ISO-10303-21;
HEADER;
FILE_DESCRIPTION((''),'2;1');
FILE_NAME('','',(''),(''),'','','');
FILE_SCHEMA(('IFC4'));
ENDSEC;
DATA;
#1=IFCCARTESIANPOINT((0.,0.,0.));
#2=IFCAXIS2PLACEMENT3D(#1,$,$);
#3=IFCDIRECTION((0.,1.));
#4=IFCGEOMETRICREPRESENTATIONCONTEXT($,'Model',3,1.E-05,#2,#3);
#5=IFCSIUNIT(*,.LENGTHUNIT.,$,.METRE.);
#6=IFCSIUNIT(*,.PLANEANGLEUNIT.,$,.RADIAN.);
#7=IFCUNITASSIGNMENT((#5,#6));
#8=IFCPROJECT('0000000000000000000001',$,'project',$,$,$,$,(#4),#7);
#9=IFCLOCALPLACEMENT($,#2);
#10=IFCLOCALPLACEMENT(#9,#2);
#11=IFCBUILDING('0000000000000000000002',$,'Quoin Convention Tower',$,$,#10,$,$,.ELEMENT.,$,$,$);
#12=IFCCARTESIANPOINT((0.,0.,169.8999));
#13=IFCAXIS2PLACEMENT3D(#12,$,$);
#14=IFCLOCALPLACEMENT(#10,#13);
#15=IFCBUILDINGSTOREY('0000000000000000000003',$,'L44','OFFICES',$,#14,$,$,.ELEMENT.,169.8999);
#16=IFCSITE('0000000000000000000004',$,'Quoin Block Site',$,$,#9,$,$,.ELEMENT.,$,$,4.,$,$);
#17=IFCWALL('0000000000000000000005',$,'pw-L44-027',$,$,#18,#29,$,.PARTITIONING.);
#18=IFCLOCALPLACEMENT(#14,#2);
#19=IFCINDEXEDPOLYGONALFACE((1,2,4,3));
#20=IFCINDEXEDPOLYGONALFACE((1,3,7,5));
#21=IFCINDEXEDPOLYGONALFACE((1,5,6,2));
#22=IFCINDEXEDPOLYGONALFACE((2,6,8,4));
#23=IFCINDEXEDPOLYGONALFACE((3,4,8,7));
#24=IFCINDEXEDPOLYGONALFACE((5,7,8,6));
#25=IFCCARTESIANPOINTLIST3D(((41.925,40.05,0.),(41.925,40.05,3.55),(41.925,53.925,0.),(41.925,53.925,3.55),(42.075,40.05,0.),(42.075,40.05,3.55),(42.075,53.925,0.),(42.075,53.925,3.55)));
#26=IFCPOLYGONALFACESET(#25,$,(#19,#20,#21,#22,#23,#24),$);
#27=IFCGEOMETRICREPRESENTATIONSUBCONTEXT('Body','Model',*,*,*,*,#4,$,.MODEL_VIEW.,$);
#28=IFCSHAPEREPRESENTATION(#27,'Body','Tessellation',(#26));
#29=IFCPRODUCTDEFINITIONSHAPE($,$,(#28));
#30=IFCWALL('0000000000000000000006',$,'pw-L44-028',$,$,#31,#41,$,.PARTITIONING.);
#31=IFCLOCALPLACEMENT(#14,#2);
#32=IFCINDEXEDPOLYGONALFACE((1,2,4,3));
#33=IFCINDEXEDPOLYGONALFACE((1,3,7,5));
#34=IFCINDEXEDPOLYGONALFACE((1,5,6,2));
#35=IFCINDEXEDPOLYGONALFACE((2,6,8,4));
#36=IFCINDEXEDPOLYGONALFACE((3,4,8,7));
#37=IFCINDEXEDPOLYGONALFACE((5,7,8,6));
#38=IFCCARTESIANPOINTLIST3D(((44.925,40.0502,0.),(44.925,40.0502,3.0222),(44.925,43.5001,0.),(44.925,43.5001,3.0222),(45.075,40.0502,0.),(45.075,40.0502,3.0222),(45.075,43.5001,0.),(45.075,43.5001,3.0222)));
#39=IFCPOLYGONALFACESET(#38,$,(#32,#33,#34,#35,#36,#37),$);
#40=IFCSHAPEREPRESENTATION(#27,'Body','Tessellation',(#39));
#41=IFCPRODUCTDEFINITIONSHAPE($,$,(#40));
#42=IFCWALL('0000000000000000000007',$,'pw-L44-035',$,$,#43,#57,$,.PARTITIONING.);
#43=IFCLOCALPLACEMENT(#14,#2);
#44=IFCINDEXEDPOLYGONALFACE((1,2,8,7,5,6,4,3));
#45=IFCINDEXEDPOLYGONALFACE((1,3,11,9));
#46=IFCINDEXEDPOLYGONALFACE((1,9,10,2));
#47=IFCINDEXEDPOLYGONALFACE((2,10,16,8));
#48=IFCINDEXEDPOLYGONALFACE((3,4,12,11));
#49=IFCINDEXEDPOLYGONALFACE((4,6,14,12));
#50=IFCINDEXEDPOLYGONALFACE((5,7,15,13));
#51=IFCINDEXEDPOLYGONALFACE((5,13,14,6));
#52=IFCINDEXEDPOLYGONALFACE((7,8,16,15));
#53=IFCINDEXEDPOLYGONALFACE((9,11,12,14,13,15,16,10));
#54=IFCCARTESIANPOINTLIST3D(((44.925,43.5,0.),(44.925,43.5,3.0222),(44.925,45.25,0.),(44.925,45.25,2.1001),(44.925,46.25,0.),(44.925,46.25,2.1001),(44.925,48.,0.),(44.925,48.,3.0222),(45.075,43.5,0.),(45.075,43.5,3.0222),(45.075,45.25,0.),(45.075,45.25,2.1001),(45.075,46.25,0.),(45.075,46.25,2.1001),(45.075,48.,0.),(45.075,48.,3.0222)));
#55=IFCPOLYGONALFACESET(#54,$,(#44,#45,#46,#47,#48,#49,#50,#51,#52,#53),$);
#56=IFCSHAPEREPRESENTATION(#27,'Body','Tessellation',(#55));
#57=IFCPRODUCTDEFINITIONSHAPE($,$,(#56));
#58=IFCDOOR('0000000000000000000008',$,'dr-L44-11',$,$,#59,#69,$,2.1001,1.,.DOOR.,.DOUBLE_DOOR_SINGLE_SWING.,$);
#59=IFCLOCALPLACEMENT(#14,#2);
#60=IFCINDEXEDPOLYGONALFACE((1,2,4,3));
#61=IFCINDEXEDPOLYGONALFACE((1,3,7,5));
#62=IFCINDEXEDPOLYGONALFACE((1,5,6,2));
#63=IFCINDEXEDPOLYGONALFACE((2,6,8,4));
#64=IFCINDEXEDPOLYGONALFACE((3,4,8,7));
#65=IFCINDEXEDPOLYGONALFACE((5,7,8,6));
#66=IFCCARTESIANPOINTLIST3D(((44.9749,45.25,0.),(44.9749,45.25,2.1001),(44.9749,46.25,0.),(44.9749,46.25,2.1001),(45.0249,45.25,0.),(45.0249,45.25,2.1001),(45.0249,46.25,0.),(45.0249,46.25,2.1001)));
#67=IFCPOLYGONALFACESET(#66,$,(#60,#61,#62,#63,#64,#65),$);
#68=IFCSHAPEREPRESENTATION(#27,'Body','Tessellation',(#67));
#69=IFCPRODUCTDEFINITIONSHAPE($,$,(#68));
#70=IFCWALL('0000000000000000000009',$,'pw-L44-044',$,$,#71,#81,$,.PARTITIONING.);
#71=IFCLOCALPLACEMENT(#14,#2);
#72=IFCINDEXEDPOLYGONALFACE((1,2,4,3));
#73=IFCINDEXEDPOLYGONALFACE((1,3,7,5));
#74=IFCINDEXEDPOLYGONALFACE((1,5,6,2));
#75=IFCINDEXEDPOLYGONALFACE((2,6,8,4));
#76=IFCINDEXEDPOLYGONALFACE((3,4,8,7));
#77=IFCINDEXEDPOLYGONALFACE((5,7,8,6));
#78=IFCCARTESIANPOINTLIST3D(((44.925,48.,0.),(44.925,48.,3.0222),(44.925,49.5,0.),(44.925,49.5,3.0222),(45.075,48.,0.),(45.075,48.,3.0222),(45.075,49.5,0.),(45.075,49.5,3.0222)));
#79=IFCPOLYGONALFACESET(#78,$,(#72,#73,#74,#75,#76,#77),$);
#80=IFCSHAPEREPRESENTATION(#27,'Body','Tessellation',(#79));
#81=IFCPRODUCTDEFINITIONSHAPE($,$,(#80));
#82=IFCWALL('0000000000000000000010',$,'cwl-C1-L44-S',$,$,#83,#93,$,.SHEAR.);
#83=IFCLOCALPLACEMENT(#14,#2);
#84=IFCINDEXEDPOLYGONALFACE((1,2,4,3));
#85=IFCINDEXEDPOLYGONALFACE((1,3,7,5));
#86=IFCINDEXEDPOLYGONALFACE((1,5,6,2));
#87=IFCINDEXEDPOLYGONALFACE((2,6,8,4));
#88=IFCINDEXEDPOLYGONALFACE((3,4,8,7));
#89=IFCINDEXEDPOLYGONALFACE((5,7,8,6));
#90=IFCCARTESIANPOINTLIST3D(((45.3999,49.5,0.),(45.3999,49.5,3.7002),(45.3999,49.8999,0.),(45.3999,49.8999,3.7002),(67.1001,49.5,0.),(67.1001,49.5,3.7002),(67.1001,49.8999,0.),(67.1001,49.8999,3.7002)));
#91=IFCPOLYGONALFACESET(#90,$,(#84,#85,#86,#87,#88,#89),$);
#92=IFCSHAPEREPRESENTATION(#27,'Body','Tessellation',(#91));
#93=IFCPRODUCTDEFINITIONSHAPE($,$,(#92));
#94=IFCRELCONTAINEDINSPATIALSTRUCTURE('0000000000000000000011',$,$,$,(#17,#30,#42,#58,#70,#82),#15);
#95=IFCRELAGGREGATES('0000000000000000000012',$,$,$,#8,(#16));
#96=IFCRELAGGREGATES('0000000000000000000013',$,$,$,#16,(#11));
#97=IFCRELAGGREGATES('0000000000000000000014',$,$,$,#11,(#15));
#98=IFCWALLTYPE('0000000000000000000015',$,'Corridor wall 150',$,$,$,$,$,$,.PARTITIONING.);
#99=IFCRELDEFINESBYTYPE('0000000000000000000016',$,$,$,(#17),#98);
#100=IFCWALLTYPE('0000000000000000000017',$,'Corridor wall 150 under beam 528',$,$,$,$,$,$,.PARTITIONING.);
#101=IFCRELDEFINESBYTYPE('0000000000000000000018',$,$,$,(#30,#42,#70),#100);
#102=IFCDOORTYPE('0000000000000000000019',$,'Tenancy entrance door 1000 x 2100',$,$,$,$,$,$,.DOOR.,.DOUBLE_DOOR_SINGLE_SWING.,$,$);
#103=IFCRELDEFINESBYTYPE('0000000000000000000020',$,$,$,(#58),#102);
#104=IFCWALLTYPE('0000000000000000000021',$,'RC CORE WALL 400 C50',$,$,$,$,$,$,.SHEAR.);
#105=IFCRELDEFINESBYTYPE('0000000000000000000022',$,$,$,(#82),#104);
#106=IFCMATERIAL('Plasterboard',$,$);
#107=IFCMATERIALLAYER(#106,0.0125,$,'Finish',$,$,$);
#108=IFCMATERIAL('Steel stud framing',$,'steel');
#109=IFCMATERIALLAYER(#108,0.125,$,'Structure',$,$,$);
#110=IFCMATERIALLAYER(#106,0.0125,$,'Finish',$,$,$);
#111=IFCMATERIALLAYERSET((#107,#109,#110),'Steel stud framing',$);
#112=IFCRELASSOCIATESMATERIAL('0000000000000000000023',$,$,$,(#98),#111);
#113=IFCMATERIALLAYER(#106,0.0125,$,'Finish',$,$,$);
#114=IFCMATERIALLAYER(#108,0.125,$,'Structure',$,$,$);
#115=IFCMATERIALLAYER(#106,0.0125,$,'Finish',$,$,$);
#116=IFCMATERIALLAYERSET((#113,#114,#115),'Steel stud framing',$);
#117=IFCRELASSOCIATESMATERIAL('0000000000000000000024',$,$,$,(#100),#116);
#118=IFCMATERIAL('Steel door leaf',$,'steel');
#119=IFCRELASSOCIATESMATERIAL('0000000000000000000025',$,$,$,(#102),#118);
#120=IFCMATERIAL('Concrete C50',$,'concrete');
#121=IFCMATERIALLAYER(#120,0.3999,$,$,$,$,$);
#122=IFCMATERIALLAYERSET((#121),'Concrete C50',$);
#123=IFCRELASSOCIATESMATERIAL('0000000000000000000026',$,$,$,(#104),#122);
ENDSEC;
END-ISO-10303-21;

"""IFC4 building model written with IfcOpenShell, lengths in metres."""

from ifc_helpers import new_model, si_unit, direction, frame, frame_2d, origin, place, context, subcontext, project, spatial, rectangle, extrude, material, layer, layer_set, type_object, element, fill, save


model = new_model("IFC4")

# Units and contexts
model_context = context("Model", 3, precision=1e-05, world=origin(), true_north=direction((0.0, 1.0)))
body_context = subcontext(model_context, "Body", "Model", "MODEL_VIEW")
ifc_project = project(units=[si_unit("LENGTHUNIT", "METRE"), si_unit("PLANEANGLEUNIT", "RADIAN")], contexts=[model_context])

# Site, building, storey
site_placement = place(None, origin())
site = spatial("IfcSite", under=ifc_project, at=site_placement, Name="Quoin Block Site", CompositionType="ELEMENT", RefElevation=4.0)
building_placement = place(site_placement, origin())
building = spatial("IfcBuilding", under=site, at=building_placement, Name="Quoin Convention Tower", CompositionType="ELEMENT")
storey_placement = place(building_placement, frame((0.0, 0.0, 169.8999)))
storey = spatial("IfcBuildingStorey", under=building, at=storey_placement, Name="L44", Description="OFFICES", CompositionType="ELEMENT", Elevation=169.8999)

# Shared definitions
ifc_material_1 = material(Name="Concrete C50", Category="concrete")

# Walls
ifc_material_2 = material(Name="Plasterboard")
ifc_layer_1 = layer(ifc_material_2, 0.0125, Name="Finish")
ifc_material_3 = material(Name="Steel stud framing", Category="steel")
ifc_layer_2 = layer(ifc_material_3, 0.125, Name="Structure")
ifc_layer_3 = layer(ifc_material_2, 0.0125, Name="Finish")
ifc_layer_set_1 = layer_set([ifc_layer_1, ifc_layer_2, ifc_layer_3], Name="Steel stud framing")
wall_type_1 = type_object("IfcWallType", Name="Corridor wall 150", PredefinedType="PARTITIONING", material=ifc_layer_set_1)
wall_1_placement = place(storey_placement, frame((42.0, 40.05, 0.0), z_axis=(0.0, 0.0, 1.0), x_axis=(0.0, 1.0, 0.0)))
element("IfcWall", 1, at=wall_1_placement, inside=storey, type_object=wall_type_1, Name="pw-L44-027", PredefinedType="PARTITIONING", context=body_context, shape_type="SweptSolid", body=[
    extrude(rectangle(XDim=13.875, YDim=0.1499, at=frame_2d((6.9375, 0.0))), origin(), (0.0, 0.0, 1.0), 3.55),
])
ifc_layer_4 = layer(ifc_material_2, 0.0125, Name="Finish")
ifc_layer_5 = layer(ifc_material_3, 0.125, Name="Structure")
ifc_layer_6 = layer(ifc_material_2, 0.0125, Name="Finish")
ifc_layer_set_2 = layer_set([ifc_layer_4, ifc_layer_5, ifc_layer_6], Name="Steel stud framing")
wall_type_2 = type_object("IfcWallType", Name="Corridor wall 150 under beam 528", PredefinedType="PARTITIONING", material=ifc_layer_set_2)
wall_2_placement = place(storey_placement, frame((45.0, 40.05, 0.0), z_axis=(0.0, 0.0, 1.0), x_axis=(0.0, 1.0, 0.0)))
element("IfcWall", 2, at=wall_2_placement, inside=storey, type_object=wall_type_2, Name="pw-L44-028", PredefinedType="PARTITIONING", context=body_context, shape_type="SweptSolid", body=[
    extrude(rectangle(XDim=3.45, YDim=0.1499, at=frame_2d((1.7251, 0.0))), origin(), (0.0, 0.0, 1.0), 3.0222),
])

# Wall, opening, door
wall_3_placement = place(storey_placement, frame((45.0, 43.5, 0.0), z_axis=(0.0, 0.0, 1.0), x_axis=(0.0, 1.0, 0.0)))
wall_3 = element("IfcWall", 3, at=wall_3_placement, inside=storey, type_object=wall_type_2, Name="pw-L44-035", PredefinedType="PARTITIONING", context=body_context, shape_type="SweptSolid", body=[
    extrude(rectangle(XDim=4.5, YDim=0.1499, at=frame_2d((2.25, 0.0))), origin(), (0.0, 0.0, 1.0), 3.0222),
])
opening_1_placement = place(wall_3_placement, frame((1.75, 0.0, 0.0)))
opening_1 = element("IfcOpeningElement", 4, at=opening_1_placement, cuts=wall_3, PredefinedType="OPENING", context=body_context, shape_type="SweptSolid", body=[
    extrude(rectangle(XDim=1.0, YDim=2.1001, at=frame_2d((0.5, 1.05))), frame((0.0, 0.085, 0.0), z_axis=(0.0, -1.0, 0.0), x_axis=(1.0, 0.0, 0.0)), (0.0, 0.0, 1.0), 0.1699),
])
ifc_material_4 = material(Name="Steel door leaf", Category="steel")
door_type_1 = type_object("IfcDoorType", Name="Tenancy entrance door 1000 x 2100", OperationType="DOUBLE_DOOR_SINGLE_SWING", PredefinedType="DOOR", material=ifc_material_4)
door_1_placement = place(opening_1_placement, frame((1.0, 0.0, 0.0), z_axis=(0.0, 0.0, 1.0), x_axis=(-1.0, 0.0, 0.0)))
door_1 = element("IfcDoor", 5, at=door_1_placement, inside=storey, type_object=door_type_1, Name="dr-L44-11", OperationType="DOUBLE_DOOR_SINGLE_SWING", OverallHeight=2.1001, OverallWidth=1.0, PredefinedType="DOOR", context=body_context, shape_type="SweptSolid", body=[
    extrude(rectangle(XDim=1.0, YDim=2.1001, at=frame_2d((0.5, 1.05))), frame((0.0, 0.0249, 0.0), z_axis=(0.0, -1.0, 0.0), x_axis=(1.0, 0.0, 0.0)), (0.0, 0.0, 1.0), 0.05),
])
fill(opening_1, door_1)

# Walls
wall_4_placement = place(storey_placement, frame((45.0, 48.0, 0.0), z_axis=(0.0, 0.0, 1.0), x_axis=(0.0, 1.0, 0.0)))
element("IfcWall", 6, at=wall_4_placement, inside=storey, type_object=wall_type_2, Name="pw-L44-044", PredefinedType="PARTITIONING", context=body_context, shape_type="SweptSolid", body=[
    extrude(rectangle(XDim=1.5, YDim=0.1499, at=frame_2d((0.75, 0.0))), origin(), (0.0, 0.0, 1.0), 3.0222),
])
ifc_layer_7 = layer(ifc_material_1, 0.3999)
ifc_layer_set_3 = layer_set([ifc_layer_7], Name="Concrete C50")
wall_type_3 = type_object("IfcWallType", Name="RC CORE WALL 400 C50", PredefinedType="SHEAR", material=ifc_layer_set_3)
wall_5_placement = place(storey_placement, frame((45.3999, 49.7, 0.0), z_axis=(0.0, 0.0, 1.0), x_axis=(1.0, 0.0, 0.0)))
element("IfcWall", 7, at=wall_5_placement, inside=storey, type_object=wall_type_3, Name="cwl-C1-L44-S", PredefinedType="SHEAR", context=body_context, shape_type="SweptSolid", body=[
    extrude(rectangle(XDim=21.7002, YDim=0.3999, at=frame_2d((10.8501, 0.0))), origin(), (0.0, 0.0, 1.0), 3.7002),
])

save(model, "model.ifc")
